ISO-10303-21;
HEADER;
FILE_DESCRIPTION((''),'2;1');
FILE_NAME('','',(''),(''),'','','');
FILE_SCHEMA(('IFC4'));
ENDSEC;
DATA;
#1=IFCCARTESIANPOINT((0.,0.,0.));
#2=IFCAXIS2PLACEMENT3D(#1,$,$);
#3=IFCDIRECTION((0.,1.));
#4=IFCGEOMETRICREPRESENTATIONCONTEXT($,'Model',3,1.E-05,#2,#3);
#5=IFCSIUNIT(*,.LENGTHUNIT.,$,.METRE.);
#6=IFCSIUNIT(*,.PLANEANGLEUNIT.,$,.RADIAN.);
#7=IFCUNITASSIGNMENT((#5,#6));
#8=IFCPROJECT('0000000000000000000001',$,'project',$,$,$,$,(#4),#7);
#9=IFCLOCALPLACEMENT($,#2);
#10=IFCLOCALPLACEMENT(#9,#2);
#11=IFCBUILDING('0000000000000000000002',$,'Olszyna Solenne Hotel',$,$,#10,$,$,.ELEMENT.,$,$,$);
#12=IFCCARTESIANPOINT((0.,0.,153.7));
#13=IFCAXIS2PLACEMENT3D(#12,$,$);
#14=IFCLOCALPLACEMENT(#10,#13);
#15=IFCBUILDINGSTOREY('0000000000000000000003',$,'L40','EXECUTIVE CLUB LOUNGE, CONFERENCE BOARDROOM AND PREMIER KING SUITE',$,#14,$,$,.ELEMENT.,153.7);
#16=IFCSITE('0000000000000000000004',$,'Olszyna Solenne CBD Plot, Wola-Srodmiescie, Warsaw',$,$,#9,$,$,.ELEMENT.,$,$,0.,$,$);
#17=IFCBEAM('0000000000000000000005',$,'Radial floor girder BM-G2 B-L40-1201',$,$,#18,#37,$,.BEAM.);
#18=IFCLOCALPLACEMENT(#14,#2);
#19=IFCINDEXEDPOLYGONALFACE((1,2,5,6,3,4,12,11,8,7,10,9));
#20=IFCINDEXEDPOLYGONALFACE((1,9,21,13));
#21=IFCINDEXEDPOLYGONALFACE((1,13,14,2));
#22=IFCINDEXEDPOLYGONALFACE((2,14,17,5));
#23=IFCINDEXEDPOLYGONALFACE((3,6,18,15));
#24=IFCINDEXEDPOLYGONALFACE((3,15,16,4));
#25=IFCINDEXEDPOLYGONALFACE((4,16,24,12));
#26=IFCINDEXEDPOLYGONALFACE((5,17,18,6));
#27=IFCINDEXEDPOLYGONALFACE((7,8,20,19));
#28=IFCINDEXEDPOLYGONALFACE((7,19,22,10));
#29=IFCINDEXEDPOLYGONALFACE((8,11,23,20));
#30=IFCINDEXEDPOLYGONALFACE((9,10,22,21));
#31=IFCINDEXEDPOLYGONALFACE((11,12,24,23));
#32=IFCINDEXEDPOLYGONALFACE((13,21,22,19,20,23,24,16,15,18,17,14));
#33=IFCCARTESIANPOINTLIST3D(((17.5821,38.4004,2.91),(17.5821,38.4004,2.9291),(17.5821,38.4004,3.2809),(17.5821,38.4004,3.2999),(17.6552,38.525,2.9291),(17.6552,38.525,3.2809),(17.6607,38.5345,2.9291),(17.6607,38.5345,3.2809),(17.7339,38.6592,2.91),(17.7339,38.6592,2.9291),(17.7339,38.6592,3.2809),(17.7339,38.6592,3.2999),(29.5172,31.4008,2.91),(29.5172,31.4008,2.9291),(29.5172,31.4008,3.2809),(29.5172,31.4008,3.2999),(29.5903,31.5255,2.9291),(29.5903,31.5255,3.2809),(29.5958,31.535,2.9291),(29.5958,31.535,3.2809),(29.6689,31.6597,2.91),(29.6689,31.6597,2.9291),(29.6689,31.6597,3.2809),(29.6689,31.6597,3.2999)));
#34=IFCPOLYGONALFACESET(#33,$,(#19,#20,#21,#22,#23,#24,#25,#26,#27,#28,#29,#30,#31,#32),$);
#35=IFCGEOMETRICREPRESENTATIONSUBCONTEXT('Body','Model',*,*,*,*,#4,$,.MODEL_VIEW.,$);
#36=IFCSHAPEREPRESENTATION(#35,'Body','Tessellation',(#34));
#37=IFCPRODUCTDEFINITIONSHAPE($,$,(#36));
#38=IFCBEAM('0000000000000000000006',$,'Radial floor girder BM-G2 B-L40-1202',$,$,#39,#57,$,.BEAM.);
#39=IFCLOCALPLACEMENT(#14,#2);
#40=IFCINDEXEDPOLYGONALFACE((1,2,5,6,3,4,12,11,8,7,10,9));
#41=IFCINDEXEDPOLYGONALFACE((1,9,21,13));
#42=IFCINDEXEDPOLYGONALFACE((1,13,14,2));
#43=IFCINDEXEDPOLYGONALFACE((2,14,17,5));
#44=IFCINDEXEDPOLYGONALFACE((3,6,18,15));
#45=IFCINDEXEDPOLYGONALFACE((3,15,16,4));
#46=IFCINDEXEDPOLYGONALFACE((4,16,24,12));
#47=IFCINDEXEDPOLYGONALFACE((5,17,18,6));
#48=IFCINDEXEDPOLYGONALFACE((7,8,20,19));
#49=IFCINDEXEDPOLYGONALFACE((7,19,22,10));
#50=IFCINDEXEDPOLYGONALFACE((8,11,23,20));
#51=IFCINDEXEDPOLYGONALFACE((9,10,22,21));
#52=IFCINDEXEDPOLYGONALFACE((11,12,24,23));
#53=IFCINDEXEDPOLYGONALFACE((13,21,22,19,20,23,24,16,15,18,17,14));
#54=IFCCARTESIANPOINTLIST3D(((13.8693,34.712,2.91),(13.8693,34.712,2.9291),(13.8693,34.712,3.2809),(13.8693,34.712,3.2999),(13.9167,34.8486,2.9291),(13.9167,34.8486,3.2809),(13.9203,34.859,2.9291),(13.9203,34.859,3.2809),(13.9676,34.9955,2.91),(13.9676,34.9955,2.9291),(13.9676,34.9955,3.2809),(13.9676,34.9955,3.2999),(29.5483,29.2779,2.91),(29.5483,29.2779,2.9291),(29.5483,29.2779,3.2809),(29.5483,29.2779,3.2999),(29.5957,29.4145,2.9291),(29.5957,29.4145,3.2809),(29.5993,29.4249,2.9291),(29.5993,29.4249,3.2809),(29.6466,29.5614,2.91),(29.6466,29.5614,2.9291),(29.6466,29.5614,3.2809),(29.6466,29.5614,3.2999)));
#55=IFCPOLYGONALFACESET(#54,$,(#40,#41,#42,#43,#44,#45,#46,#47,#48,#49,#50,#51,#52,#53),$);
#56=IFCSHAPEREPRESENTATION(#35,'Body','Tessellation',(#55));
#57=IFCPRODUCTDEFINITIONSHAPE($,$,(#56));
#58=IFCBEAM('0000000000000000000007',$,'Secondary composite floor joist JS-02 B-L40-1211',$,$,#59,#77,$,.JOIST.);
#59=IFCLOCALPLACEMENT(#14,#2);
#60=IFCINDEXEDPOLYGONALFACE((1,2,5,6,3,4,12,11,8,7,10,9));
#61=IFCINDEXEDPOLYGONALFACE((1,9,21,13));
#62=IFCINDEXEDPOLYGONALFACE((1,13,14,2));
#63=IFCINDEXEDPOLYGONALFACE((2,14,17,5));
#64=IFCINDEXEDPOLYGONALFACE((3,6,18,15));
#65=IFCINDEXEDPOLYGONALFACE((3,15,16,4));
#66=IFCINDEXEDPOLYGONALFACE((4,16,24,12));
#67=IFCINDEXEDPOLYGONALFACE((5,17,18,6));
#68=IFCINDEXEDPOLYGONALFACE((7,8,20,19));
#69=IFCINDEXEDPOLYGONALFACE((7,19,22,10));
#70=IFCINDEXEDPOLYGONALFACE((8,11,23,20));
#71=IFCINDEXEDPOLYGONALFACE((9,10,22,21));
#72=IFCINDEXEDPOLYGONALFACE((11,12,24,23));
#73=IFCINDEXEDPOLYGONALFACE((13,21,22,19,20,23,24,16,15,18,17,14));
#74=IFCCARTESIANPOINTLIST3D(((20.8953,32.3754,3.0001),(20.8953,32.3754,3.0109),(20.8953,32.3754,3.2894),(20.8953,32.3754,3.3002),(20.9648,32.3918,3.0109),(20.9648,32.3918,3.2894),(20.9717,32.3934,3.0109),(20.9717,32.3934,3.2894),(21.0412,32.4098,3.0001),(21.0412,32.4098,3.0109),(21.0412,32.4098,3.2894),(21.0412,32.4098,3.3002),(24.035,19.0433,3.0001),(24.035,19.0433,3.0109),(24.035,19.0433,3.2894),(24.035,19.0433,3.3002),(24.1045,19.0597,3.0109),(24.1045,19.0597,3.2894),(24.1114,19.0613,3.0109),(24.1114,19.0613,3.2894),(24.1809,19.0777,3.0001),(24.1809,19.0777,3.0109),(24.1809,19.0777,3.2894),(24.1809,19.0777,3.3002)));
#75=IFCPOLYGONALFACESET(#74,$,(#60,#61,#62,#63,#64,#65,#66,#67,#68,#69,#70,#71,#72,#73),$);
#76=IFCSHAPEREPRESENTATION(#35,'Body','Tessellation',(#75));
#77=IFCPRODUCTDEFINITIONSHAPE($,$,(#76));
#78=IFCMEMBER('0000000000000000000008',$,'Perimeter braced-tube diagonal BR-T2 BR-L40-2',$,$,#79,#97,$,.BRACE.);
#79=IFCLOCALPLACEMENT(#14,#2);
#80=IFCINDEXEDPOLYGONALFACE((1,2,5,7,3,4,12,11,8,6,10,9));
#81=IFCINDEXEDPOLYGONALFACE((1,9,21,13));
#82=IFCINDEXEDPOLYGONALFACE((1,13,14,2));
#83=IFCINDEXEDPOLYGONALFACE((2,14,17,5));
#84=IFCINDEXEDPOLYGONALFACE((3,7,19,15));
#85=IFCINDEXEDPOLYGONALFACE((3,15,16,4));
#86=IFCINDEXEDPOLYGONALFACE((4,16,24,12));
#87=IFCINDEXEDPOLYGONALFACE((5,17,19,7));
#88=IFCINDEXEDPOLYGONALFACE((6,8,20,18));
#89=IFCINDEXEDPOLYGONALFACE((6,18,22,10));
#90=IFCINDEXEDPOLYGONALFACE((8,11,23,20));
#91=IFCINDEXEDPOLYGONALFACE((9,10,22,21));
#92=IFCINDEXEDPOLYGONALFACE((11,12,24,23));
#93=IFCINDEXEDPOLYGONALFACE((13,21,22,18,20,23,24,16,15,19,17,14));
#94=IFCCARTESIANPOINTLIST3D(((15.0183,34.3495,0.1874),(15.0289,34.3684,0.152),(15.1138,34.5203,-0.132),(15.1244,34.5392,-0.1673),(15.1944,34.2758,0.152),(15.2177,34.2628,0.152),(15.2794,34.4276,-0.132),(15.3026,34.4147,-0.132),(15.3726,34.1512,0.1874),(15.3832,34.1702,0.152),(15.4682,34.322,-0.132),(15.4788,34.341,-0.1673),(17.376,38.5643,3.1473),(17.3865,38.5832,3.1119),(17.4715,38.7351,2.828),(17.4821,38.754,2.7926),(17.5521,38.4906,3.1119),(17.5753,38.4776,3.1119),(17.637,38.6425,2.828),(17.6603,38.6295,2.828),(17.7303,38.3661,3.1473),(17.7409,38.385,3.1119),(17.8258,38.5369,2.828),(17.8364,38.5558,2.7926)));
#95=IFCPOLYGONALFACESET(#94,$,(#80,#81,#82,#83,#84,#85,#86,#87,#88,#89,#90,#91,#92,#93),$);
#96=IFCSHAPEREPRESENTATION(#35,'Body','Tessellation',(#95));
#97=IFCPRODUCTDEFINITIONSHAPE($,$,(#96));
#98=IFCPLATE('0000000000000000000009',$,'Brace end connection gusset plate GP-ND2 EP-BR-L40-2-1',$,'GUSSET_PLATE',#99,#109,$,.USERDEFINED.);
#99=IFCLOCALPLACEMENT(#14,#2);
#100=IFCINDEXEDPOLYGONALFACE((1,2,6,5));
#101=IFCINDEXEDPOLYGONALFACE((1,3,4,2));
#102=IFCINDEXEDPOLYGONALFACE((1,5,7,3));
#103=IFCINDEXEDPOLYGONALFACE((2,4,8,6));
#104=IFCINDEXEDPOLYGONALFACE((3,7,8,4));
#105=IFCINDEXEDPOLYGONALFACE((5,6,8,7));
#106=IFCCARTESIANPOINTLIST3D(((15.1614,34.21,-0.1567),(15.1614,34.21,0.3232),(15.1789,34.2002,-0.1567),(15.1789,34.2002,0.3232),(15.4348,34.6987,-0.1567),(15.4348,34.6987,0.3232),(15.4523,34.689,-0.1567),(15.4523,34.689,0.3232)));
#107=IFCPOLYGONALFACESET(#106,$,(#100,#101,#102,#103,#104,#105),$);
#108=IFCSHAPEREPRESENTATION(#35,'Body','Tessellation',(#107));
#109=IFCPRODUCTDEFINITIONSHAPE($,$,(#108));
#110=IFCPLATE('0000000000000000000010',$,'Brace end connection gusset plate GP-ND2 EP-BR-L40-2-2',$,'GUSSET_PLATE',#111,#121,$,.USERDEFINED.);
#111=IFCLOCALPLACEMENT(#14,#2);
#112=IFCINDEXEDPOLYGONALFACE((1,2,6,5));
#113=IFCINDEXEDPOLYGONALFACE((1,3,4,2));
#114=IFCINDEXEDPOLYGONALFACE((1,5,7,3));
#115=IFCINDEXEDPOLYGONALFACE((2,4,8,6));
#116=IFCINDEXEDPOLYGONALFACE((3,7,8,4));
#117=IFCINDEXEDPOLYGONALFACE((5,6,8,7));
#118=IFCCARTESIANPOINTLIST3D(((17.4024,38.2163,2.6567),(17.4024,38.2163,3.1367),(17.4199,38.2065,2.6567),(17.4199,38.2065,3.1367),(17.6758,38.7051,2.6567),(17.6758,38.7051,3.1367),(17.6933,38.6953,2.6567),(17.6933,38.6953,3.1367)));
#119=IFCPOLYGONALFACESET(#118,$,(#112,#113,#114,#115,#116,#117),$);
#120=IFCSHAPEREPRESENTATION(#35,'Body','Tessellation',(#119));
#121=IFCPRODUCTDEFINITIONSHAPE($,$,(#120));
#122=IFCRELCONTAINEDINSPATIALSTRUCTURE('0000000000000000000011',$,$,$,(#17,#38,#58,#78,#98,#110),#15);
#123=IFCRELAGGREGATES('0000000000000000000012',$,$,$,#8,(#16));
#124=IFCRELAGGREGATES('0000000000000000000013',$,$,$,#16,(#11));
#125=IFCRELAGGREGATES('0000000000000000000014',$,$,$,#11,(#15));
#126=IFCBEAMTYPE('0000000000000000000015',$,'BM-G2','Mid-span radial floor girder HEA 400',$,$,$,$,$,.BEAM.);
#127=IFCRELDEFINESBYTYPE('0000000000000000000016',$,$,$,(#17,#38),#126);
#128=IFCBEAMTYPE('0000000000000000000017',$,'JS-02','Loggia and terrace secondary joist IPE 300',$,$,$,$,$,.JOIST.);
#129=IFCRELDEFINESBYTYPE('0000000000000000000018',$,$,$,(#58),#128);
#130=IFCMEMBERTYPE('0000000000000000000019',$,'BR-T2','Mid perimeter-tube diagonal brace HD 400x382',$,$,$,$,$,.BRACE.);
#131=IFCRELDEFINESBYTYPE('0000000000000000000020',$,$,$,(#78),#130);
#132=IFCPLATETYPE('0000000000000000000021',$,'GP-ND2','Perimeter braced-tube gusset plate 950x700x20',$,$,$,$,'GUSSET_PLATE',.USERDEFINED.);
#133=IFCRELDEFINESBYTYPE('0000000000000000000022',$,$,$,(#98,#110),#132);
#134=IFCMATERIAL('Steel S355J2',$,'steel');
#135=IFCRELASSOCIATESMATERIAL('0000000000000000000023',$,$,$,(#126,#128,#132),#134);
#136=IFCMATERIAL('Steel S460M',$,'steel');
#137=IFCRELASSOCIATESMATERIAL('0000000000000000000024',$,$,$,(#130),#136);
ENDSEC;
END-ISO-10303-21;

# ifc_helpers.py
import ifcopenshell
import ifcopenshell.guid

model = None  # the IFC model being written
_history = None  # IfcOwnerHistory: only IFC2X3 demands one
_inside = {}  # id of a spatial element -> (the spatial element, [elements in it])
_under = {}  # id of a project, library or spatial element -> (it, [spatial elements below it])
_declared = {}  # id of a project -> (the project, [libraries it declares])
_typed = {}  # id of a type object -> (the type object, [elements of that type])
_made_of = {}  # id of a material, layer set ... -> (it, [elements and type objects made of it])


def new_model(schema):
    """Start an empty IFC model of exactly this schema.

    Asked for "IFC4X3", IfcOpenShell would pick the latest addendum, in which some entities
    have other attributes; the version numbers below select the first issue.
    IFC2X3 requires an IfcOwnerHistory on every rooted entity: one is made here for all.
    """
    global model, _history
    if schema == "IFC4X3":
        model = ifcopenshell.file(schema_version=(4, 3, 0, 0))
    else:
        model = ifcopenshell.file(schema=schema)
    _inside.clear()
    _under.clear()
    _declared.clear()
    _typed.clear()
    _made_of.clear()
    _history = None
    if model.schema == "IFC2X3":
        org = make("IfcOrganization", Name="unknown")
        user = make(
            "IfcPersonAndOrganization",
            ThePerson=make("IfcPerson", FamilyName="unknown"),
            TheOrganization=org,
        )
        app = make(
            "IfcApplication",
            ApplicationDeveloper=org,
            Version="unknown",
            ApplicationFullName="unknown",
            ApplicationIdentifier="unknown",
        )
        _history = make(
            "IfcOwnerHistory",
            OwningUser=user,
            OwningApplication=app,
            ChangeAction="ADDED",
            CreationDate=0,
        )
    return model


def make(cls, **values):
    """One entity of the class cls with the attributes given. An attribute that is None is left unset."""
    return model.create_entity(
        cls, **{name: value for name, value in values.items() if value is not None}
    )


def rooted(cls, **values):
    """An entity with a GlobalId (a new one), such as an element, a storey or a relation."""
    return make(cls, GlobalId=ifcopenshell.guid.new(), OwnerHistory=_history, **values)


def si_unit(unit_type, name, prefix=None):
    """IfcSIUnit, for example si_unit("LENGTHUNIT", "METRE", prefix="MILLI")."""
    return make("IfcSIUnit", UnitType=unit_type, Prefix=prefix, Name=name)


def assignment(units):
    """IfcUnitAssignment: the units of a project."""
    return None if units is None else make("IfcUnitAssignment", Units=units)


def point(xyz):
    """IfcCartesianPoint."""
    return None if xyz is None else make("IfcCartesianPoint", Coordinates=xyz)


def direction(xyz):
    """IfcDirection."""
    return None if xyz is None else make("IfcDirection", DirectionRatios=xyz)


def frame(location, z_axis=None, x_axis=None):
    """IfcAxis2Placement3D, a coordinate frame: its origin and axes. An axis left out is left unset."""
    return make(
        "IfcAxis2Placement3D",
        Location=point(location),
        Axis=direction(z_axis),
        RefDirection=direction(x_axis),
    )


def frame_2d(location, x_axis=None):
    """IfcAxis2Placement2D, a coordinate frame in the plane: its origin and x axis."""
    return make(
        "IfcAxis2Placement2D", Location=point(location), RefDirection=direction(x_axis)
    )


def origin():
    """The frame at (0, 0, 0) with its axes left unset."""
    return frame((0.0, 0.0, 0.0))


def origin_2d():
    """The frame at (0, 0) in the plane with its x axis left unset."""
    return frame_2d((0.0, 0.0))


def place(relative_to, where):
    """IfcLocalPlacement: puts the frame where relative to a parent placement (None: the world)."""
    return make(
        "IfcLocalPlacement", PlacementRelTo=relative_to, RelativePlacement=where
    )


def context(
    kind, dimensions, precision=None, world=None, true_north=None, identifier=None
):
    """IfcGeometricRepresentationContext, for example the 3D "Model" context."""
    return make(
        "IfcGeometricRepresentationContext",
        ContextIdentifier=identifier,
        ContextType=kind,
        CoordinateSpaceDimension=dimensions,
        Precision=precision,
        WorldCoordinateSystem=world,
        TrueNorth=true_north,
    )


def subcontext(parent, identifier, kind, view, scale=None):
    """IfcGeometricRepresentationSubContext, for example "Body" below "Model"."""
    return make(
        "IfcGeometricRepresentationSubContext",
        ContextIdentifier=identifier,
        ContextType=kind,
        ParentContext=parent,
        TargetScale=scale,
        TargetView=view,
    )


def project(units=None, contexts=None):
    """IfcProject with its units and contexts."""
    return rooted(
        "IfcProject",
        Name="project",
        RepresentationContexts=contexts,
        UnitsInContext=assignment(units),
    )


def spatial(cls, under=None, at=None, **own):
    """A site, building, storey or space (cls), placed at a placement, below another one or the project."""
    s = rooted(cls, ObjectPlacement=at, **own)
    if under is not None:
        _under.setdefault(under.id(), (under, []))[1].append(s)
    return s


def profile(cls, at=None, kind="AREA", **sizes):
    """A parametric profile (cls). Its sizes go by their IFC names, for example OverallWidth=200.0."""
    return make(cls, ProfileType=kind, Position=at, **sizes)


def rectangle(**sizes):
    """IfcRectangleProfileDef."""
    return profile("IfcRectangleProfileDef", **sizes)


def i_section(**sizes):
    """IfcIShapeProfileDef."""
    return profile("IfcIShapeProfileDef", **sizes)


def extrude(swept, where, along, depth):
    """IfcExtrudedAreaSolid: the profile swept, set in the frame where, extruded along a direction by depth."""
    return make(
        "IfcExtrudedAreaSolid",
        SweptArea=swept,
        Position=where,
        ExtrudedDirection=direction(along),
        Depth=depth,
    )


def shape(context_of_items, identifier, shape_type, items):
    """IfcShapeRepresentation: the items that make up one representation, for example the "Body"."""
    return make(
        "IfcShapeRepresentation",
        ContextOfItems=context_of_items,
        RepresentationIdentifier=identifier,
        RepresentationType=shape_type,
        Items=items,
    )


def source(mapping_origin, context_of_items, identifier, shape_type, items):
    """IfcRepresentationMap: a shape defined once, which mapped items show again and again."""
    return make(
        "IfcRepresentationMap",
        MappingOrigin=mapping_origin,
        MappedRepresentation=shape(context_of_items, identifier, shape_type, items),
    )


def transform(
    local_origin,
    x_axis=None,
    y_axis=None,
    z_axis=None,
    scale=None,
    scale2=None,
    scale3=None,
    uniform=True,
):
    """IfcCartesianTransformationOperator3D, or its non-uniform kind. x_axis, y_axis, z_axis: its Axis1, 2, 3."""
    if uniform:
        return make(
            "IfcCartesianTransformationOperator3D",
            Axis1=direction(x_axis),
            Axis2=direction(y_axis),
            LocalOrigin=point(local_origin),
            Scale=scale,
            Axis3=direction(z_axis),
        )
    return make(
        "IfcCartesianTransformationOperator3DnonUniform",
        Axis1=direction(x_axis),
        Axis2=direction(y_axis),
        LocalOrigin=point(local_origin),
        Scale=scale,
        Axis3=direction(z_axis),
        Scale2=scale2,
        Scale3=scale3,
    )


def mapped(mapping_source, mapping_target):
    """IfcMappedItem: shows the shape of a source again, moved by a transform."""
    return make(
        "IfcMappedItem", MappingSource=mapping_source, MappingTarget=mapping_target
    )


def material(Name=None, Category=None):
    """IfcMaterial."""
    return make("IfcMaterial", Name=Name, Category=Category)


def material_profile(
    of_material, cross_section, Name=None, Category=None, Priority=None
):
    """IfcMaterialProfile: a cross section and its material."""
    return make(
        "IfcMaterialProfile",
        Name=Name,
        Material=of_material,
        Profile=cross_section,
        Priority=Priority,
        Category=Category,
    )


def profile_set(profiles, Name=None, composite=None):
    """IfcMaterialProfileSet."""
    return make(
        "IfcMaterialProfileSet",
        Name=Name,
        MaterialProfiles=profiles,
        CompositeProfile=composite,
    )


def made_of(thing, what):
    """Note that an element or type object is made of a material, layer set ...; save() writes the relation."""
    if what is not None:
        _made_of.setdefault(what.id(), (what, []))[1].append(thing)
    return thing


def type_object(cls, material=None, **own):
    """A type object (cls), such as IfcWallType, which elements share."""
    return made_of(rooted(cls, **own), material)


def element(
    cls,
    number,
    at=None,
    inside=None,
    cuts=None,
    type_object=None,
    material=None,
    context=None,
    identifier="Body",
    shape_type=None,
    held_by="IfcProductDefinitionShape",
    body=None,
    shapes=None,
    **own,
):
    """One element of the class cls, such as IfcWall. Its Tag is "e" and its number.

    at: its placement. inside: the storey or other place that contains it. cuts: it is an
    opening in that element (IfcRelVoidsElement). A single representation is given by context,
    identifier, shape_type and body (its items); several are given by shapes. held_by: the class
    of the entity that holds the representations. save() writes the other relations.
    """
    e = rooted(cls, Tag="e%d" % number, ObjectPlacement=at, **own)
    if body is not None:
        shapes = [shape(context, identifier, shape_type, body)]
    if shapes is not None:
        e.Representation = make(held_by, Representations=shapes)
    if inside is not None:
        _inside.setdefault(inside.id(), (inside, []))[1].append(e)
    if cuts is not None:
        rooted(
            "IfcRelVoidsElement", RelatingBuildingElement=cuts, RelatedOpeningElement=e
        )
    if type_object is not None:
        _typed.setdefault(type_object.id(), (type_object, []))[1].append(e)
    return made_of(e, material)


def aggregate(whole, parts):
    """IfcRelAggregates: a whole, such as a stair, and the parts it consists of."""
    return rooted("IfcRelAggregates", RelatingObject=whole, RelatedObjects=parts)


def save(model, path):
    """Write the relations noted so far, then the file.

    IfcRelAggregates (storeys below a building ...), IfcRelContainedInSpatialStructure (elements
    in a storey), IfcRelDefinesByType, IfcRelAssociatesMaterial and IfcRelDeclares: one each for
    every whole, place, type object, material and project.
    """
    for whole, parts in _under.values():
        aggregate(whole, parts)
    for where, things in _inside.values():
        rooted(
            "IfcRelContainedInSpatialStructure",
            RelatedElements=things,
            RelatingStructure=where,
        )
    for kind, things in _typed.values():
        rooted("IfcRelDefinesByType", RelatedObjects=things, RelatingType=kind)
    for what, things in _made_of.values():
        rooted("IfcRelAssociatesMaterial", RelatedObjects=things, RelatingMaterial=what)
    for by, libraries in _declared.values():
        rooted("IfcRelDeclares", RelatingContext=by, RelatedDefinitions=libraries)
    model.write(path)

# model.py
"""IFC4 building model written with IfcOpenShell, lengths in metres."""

from ifc_helpers import new_model, si_unit, direction, frame, origin, origin_2d, place, context, subcontext, project, spatial, rectangle, i_section, extrude, source, transform, mapped, material, material_profile, profile_set, type_object, element, save


model = new_model("IFC4")

# Units and contexts
model_context = context("Model", 3, precision=1e-05, world=origin(), true_north=direction((0.0, 1.0)))
body_context = subcontext(model_context, "Body", "Model", "MODEL_VIEW")
ifc_project = project(units=[si_unit("LENGTHUNIT", "METRE"), si_unit("PLANEANGLEUNIT", "RADIAN")], contexts=[model_context])

# Site, building, storey
site_placement = place(None, origin())
site = spatial("IfcSite", under=ifc_project, at=site_placement, Name="Olszyna Solenne CBD Plot, Wola-Srodmiescie, Warsaw", CompositionType="ELEMENT", RefElevation=0.0)
building_placement = place(site_placement, origin())
building = spatial("IfcBuilding", under=site, at=building_placement, Name="Olszyna Solenne Hotel", CompositionType="ELEMENT")
storey_placement = place(building_placement, frame((0.0, 0.0, 153.7)))
storey = spatial("IfcBuildingStorey", under=building, at=storey_placement, Name="L40", Description="EXECUTIVE CLUB LOUNGE, CONFERENCE BOARDROOM AND PREMIER KING SUITE", CompositionType="ELEMENT", Elevation=153.7)

# Shared definitions
ifc_material_1 = material(Name="Steel S460M", Category="steel")

# Beams
ifc_material_2 = material(Name="Steel S355J2", Category="steel")
ifc_material_profile_1 = material_profile(ifc_material_2, i_section(OverallWidth=0.3, OverallDepth=0.3899, WebThickness=0.011, FlangeThickness=0.019, at=origin_2d()), Name="HEA 400", Category="load-bearing")
ifc_profile_set_1 = profile_set([ifc_material_profile_1], Name="Steel S355J2")
beam_type_1 = type_object("IfcBeamType", Name="BM-G2", Description="Mid-span radial floor girder HEA 400", PredefinedType="BEAM", material=ifc_profile_set_1)
shared_shape_1 = source(origin(), body_context, "Body", "SweptSolid", [
    extrude(i_section(OverallWidth=0.3, OverallDepth=0.3899, WebThickness=0.011, FlangeThickness=0.019, at=origin_2d()), origin(), (0.0, 0.0, 1.0), 13.8362),
])
beam_1_placement = place(storey_placement, frame((17.658, 38.5298, 3.105), z_axis=(0.8626, -0.505886, 0.0), x_axis=(0.505886, 0.8626, 0.0)))
element("IfcBeam", 1, at=beam_1_placement, inside=storey, type_object=beam_type_1, Name="Radial floor girder BM-G2 B-L40-1201", PredefinedType="BEAM", context=body_context, shape_type="MappedRepresentation", body=[
    mapped(shared_shape_1, transform((0.0, 0.0, 0.0), x_axis=(1.0, 0.0, 0.0), y_axis=(0.0, 1.0, 0.0), z_axis=(0.0, 0.0, 1.0), scale=1.0)),
])
shared_shape_2 = source(origin(), body_context, "Body", "SweptSolid", [
    extrude(i_section(OverallWidth=0.3, OverallDepth=0.3899, WebThickness=0.011, FlangeThickness=0.019, at=origin_2d()), origin(), (0.0, 0.0, 1.0), 16.594),
])
beam_2_placement = place(storey_placement, frame((13.9185, 34.8538, 3.105), z_axis=(0.94486, -0.327474, 0.0), x_axis=(0.327474, 0.94486, 0.0)))
element("IfcBeam", 2, at=beam_2_placement, inside=storey, type_object=beam_type_1, Name="Radial floor girder BM-G2 B-L40-1202", PredefinedType="BEAM", context=body_context, shape_type="MappedRepresentation", body=[
    mapped(shared_shape_2, transform((0.0, 0.0, 0.0), x_axis=(1.0, 0.0, 0.0), y_axis=(0.0, 1.0, 0.0), z_axis=(0.0, 0.0, 1.0), scale=1.0)),
])
ifc_material_profile_2 = material_profile(ifc_material_2, i_section(OverallWidth=0.1499, OverallDepth=0.3, WebThickness=0.0071, FlangeThickness=0.0107, at=origin_2d()), Name="IPE 300", Category="load-bearing")
ifc_profile_set_2 = profile_set([ifc_material_profile_2], Name="Steel S355J2")
beam_type_2 = type_object("IfcBeamType", Name="JS-02", Description="Loggia and terrace secondary joist IPE 300", PredefinedType="JOIST", material=ifc_profile_set_2)
shared_shape_3 = source(origin(), body_context, "Body", "SweptSolid", [
    extrude(i_section(OverallWidth=0.1499, OverallDepth=0.3, WebThickness=0.0071, FlangeThickness=0.0107, at=origin_2d()), origin(), (0.0, 0.0, 1.0), 13.6968),
])
beam_3_placement = place(storey_placement, frame((20.9683, 32.3926, 3.1501), z_axis=(0.229226, -0.973373, 0.0), x_axis=(0.973373, 0.229226, 0.0)))
element("IfcBeam", 3, at=beam_3_placement, inside=storey, type_object=beam_type_2, Name="Secondary composite floor joist JS-02 B-L40-1211", PredefinedType="JOIST", context=body_context, shape_type="MappedRepresentation", body=[
    mapped(shared_shape_3, transform((0.0, 0.0, 0.0), x_axis=(1.0, 0.0, 0.0), y_axis=(0.0, 1.0, 0.0), z_axis=(0.0, 0.0, 1.0), scale=1.0)),
])

# Member
ifc_material_profile_3 = material_profile(ifc_material_1, i_section(OverallWidth=0.406, OverallDepth=0.416, WebThickness=0.0266, FlangeThickness=0.0415, at=origin_2d()), Name="HD 400x382", Category="load-bearing")
ifc_profile_set_3 = profile_set([ifc_material_profile_3], Name="Steel S460M")
member_type = type_object("IfcMemberType", Name="BR-T2", Description="Mid perimeter-tube diagonal brace HD 400x382", PredefinedType="BRACE", material=ifc_profile_set_3)
shared_shape_4 = source(origin(), body_context, "Body", "SweptSolid", [
    extrude(i_section(OverallWidth=0.406, OverallDepth=0.416, WebThickness=0.0266, FlangeThickness=0.0415, at=origin_2d()), origin(), (0.0, 0.0, 1.0), 5.6643),
])
member_placement = place(storey_placement, frame((15.2485, 34.3452, 0.01), z_axis=(0.416229, 0.7441, 0.52256), x_axis=(-0.87274, 0.488186, 0.0)))
element("IfcMember", 4, at=member_placement, inside=storey, type_object=member_type, Name="Perimeter braced-tube diagonal BR-T2 BR-L40-2", PredefinedType="BRACE", context=body_context, shape_type="MappedRepresentation", body=[
    mapped(shared_shape_4, transform((0.0, 0.0, 0.0), x_axis=(1.0, 0.0, 0.0), y_axis=(0.0, 1.0, 0.0), z_axis=(0.0, 0.0, 1.0), scale=1.0)),
])

# Plates
plate_type = type_object("IfcPlateType", Name="GP-ND2", Description="Perimeter braced-tube gusset plate 950x700x20", ElementType="GUSSET_PLATE", PredefinedType="USERDEFINED", material=ifc_material_2)
shared_shape_5 = source(origin(), body_context, "Body", "SweptSolid", [
    extrude(rectangle(XDim=0.5601, YDim=0.02, at=origin_2d()), origin(), (0.0, 0.0, 1.0), 0.48),
])
for number, where, z_axis, x_axis, name in (
    (5, (15.3069, 34.4495, -0.1567), (0.0, 0.0, 1.0), (0.488164, 0.872752, 0.0), "Brace end connection gusset plate GP-ND2 EP-BR-L40-2-1"),
    (6, (17.5479, 38.4558, 2.6567), (0.0, 0.0, 1.0), (0.488164, 0.872752, 0.0), "Brace end connection gusset plate GP-ND2 EP-BR-L40-2-2"),
):
    element("IfcPlate", number, at=place(storey_placement, frame(where, z_axis=z_axis, x_axis=x_axis)), inside=storey, type_object=plate_type, Name=name, ObjectType="GUSSET_PLATE", PredefinedType="USERDEFINED", context=body_context, shape_type="MappedRepresentation", body=[
        mapped(shared_shape_5, transform((0.0, 0.0, 0.0), x_axis=(1.0, 0.0, 0.0), y_axis=(0.0, 1.0, 0.0), z_axis=(0.0, 0.0, 1.0), scale=1.0)),
    ])

save(model, "model.ifc")
